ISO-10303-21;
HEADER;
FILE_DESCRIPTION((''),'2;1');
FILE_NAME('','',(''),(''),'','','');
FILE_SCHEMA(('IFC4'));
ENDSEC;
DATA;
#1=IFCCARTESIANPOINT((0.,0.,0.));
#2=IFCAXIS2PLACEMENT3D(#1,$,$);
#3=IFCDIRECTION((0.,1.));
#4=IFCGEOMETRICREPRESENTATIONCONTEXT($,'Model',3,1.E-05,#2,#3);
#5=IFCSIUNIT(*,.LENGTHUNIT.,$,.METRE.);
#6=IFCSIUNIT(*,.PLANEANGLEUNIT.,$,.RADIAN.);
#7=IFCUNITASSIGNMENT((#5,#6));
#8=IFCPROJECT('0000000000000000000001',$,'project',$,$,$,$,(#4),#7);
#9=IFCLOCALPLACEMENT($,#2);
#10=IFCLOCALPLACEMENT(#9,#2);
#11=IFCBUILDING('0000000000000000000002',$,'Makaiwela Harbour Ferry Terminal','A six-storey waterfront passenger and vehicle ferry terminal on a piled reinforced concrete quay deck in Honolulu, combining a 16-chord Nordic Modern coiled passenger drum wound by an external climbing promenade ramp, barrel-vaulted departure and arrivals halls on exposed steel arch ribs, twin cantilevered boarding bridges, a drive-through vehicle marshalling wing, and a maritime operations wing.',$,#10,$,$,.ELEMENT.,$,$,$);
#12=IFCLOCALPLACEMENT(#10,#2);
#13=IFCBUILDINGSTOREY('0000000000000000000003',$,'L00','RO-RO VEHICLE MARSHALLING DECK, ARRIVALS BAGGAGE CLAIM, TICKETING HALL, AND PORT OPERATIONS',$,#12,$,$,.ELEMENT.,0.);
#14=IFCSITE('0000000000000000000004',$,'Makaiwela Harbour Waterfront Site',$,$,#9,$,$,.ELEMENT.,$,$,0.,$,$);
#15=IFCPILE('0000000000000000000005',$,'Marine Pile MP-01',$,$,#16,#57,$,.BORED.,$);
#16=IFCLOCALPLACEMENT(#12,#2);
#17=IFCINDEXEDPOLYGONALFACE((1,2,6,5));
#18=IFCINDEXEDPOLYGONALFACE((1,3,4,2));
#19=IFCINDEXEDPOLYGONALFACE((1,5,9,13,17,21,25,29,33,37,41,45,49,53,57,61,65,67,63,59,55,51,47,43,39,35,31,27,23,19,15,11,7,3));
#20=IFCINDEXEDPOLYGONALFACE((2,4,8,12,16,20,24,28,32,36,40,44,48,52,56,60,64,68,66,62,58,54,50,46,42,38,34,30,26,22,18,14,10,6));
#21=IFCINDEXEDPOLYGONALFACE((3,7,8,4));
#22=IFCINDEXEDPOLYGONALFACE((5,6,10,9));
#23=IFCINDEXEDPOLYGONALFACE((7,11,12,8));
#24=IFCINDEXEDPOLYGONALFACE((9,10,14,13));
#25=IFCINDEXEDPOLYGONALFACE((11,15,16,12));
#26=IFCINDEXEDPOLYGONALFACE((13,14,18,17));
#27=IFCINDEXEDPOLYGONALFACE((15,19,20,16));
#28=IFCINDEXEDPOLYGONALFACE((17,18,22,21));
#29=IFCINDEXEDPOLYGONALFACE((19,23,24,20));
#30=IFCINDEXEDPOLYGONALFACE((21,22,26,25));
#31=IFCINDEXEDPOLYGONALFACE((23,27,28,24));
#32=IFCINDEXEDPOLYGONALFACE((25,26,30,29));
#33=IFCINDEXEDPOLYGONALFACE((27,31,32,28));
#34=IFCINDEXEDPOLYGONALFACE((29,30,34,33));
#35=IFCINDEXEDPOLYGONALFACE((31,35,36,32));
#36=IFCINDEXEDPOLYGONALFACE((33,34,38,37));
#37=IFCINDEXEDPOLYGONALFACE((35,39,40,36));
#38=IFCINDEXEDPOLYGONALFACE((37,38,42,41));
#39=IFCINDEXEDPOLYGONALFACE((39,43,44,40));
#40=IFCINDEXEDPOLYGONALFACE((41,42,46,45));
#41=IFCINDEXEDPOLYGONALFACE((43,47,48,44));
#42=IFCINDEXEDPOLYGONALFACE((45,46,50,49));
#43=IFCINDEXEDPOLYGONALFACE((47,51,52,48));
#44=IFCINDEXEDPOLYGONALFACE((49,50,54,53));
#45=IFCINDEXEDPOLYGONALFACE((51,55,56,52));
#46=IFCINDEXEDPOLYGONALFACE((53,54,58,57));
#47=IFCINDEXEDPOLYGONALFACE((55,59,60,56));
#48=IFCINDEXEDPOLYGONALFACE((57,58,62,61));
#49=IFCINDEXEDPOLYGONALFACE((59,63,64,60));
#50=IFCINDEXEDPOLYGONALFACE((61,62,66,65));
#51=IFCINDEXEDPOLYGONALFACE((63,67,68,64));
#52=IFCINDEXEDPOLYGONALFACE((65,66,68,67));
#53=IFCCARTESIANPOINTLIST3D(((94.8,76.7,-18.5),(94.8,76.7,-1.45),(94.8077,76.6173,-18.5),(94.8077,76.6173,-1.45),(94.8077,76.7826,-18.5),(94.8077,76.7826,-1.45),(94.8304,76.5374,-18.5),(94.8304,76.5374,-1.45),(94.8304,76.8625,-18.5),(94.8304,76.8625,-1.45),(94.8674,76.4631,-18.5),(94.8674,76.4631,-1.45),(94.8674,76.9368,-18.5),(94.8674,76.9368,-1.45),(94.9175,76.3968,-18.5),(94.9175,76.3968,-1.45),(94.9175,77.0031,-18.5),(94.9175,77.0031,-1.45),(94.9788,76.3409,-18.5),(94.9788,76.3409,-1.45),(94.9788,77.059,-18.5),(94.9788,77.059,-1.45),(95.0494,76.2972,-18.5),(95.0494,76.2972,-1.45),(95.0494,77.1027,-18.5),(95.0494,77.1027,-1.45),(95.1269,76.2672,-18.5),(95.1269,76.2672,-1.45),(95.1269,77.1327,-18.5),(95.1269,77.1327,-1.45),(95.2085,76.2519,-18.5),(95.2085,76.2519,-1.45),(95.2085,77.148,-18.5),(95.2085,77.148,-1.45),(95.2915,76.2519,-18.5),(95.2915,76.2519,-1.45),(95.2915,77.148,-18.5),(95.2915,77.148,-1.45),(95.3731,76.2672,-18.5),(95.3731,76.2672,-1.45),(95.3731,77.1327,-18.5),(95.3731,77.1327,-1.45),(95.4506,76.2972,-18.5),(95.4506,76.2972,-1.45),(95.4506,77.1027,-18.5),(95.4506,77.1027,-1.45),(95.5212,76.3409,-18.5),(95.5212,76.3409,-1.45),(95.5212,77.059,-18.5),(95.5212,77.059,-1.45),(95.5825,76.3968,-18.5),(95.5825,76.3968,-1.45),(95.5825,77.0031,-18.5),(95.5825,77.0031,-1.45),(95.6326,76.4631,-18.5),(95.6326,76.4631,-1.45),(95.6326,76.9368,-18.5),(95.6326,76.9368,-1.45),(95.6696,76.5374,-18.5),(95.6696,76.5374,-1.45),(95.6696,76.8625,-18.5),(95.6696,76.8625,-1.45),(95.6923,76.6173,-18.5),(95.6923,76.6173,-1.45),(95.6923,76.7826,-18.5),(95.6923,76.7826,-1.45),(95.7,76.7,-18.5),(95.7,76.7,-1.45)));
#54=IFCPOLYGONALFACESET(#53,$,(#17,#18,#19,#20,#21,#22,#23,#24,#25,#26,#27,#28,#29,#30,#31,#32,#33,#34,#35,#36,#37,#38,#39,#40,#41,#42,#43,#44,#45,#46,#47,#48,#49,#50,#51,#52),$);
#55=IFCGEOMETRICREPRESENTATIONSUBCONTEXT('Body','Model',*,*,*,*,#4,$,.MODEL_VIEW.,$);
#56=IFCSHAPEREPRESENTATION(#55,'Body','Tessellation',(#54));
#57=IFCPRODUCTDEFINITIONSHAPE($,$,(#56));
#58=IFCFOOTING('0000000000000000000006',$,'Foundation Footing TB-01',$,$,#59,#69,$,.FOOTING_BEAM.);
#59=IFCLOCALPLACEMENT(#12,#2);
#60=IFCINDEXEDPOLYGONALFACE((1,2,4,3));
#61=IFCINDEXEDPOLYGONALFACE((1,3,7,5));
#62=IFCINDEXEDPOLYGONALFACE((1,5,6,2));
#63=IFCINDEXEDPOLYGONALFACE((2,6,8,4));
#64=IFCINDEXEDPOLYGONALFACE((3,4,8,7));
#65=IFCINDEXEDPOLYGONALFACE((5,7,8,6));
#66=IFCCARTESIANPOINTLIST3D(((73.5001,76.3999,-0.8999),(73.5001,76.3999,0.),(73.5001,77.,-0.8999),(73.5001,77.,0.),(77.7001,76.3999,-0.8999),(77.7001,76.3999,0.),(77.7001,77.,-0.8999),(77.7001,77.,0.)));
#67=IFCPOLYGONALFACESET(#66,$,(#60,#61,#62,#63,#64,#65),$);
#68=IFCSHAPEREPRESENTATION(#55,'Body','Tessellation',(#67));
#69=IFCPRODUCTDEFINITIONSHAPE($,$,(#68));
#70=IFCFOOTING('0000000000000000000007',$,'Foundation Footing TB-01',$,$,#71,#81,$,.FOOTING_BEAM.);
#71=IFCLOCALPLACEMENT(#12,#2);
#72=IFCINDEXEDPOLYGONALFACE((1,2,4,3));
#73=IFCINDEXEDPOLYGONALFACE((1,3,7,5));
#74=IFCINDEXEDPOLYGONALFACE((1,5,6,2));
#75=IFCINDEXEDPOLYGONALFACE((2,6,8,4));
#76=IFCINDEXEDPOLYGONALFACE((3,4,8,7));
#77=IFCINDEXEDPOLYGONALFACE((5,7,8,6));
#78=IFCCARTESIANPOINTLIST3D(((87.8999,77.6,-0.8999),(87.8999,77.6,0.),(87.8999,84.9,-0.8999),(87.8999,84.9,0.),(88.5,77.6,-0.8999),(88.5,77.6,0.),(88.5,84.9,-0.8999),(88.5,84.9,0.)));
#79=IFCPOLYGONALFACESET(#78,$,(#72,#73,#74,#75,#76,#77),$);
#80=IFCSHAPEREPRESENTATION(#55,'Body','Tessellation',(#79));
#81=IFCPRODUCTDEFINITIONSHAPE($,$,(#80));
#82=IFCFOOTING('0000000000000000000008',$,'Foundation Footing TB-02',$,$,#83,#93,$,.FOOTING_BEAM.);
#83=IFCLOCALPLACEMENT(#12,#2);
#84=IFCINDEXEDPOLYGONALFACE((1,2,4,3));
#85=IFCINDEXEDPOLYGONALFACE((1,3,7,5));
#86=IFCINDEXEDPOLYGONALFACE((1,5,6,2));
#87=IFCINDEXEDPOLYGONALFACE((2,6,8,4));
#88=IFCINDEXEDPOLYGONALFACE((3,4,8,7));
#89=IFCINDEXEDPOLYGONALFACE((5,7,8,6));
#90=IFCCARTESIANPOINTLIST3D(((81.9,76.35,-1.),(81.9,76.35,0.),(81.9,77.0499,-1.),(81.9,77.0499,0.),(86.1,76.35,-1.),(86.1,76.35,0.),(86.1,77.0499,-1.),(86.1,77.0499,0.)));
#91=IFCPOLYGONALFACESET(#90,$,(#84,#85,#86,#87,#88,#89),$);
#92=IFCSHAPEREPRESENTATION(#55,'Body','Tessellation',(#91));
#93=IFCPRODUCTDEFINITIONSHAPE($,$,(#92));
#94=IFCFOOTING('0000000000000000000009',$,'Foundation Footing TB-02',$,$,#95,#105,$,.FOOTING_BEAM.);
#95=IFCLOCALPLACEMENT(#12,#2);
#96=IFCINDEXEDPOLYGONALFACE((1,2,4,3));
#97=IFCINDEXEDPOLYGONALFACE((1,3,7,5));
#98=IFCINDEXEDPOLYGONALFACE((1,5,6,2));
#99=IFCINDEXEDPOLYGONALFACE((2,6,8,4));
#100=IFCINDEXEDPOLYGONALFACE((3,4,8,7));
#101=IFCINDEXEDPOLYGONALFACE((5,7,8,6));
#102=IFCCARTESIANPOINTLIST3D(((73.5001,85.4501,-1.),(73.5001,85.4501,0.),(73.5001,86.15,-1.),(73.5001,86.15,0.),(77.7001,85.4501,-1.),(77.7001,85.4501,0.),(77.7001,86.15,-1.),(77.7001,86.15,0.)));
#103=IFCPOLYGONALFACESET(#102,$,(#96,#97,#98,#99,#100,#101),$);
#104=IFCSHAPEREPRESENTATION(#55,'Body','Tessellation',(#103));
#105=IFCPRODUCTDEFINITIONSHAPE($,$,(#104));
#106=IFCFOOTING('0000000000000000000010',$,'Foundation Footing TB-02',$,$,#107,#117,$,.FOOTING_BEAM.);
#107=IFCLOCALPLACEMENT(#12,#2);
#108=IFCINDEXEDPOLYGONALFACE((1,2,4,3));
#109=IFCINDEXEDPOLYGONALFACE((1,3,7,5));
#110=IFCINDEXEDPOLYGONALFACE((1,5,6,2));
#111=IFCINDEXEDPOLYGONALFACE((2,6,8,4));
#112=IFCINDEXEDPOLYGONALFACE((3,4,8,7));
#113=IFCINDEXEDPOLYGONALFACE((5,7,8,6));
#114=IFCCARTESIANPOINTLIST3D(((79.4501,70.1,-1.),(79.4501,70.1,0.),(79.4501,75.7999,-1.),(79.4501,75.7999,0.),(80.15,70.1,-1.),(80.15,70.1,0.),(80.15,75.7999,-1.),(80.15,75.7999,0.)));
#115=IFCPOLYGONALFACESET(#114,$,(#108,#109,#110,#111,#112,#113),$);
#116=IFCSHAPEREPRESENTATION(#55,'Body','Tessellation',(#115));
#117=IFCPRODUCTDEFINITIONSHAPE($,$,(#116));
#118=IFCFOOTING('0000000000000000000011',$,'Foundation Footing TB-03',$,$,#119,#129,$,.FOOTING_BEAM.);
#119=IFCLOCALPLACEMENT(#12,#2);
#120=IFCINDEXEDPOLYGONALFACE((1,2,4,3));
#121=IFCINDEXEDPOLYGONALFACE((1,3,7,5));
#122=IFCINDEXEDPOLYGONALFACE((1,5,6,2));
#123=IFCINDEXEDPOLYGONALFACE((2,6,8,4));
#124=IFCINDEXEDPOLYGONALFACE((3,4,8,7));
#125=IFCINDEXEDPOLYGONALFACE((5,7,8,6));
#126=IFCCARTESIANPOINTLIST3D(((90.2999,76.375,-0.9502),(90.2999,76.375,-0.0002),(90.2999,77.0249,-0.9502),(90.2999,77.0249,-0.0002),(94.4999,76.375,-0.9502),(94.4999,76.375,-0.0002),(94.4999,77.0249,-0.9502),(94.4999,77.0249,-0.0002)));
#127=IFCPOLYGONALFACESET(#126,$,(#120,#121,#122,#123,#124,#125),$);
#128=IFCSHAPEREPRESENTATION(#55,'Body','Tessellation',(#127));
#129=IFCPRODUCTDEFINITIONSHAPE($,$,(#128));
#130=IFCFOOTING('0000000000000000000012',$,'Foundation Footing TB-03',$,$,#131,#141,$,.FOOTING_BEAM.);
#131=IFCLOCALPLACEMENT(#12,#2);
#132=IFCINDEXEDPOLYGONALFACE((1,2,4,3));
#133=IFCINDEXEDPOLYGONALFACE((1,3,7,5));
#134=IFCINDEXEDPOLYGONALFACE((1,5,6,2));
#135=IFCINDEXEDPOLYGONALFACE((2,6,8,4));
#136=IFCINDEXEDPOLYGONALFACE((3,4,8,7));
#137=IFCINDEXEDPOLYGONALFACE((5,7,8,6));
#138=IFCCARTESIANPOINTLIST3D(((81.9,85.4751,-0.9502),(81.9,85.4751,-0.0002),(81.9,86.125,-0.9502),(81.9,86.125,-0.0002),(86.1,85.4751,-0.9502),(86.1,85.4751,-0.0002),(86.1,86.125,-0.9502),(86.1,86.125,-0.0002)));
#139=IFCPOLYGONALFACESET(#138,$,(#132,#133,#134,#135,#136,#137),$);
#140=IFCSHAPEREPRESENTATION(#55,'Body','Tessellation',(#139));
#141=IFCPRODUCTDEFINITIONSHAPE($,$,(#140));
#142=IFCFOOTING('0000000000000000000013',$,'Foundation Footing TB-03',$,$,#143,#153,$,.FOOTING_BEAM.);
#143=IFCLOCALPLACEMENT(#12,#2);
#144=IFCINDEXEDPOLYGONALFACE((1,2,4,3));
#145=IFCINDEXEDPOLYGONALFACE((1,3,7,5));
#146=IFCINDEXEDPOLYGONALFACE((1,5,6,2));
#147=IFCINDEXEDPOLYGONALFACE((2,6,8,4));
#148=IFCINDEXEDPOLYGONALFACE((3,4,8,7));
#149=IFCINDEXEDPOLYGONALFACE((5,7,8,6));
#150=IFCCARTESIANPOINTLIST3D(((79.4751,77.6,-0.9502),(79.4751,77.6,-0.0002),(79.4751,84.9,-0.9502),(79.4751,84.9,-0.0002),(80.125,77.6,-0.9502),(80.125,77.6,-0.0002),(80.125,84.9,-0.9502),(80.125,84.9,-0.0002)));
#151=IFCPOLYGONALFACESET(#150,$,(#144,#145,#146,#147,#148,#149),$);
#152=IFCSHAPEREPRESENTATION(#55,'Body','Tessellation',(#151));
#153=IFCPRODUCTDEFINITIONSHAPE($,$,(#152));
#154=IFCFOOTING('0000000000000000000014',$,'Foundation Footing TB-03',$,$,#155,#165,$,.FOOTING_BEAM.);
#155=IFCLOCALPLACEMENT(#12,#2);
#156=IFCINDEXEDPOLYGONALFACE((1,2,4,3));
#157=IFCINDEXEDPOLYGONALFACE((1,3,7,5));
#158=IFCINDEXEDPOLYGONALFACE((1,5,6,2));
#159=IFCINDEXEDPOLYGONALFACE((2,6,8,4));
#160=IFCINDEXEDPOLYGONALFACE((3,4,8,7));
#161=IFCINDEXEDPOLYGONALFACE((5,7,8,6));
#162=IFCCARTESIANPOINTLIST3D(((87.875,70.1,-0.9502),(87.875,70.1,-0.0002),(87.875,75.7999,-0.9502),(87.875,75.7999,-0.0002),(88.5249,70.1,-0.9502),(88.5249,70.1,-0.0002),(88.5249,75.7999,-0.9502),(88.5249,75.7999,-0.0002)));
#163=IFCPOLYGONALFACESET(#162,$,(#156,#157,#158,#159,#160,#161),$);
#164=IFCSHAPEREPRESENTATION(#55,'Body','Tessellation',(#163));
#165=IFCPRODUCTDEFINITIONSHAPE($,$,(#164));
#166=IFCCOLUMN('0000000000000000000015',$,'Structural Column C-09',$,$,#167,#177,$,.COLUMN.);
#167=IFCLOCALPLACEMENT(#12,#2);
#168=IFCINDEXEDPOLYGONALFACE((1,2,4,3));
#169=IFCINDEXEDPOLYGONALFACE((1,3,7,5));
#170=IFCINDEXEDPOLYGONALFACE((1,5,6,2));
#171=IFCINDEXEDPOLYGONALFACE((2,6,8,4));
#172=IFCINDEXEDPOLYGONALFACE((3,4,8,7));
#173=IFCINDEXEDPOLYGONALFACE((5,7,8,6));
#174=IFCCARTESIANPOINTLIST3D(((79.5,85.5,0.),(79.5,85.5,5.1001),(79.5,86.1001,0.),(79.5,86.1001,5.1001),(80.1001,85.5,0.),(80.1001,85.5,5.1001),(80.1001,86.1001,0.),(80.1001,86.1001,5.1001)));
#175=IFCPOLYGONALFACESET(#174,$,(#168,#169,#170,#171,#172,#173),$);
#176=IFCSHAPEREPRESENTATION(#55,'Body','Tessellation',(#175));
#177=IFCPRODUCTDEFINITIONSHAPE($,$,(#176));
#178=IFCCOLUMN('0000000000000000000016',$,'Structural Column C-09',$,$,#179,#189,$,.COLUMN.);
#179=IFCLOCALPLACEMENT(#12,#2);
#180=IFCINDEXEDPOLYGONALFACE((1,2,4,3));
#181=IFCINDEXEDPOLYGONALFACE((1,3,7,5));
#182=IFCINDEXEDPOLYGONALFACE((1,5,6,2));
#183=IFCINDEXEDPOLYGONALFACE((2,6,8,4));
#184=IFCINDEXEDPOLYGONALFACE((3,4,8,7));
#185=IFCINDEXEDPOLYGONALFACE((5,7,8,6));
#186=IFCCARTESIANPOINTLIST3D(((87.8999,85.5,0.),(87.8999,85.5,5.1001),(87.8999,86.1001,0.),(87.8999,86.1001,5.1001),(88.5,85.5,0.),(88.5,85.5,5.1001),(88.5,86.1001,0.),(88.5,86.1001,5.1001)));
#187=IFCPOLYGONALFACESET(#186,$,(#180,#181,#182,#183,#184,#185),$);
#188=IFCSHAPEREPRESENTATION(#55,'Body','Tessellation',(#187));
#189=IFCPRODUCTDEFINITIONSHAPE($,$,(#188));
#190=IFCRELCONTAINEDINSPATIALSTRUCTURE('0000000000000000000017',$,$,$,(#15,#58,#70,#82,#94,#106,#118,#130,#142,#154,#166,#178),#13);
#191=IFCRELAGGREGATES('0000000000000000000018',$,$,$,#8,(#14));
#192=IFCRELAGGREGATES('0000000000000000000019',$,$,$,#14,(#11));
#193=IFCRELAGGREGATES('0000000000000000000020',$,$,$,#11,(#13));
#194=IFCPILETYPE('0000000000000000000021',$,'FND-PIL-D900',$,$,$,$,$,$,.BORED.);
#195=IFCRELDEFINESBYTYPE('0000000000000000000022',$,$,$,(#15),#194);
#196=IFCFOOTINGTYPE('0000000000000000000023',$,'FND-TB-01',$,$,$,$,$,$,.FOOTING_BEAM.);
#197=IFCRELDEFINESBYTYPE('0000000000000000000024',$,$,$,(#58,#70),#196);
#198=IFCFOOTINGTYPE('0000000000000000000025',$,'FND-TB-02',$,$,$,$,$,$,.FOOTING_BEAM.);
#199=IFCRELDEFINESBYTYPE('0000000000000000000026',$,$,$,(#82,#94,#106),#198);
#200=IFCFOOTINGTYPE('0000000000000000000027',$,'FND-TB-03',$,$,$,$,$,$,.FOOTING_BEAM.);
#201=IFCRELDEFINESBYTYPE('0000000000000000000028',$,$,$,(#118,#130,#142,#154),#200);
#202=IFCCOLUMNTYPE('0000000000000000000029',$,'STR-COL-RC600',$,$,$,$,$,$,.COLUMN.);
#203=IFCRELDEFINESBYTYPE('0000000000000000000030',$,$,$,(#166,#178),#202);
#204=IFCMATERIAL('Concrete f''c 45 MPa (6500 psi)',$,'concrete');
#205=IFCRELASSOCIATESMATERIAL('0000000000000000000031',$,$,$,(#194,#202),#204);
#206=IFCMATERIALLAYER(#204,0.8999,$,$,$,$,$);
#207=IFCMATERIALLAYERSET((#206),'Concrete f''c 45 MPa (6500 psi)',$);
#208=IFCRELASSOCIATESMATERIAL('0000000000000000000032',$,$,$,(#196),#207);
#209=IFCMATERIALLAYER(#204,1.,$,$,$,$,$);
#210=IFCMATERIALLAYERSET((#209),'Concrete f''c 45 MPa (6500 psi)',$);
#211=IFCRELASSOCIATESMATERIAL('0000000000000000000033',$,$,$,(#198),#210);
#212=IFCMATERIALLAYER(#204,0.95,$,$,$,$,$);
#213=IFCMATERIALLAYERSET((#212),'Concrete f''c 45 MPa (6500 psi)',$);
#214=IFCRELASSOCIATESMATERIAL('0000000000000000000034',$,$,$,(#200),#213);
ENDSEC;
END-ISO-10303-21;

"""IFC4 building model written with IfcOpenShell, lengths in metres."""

from ifc_helpers import new_model, si_unit, direction, frame, origin, origin_2d, place, context, subcontext, project, spatial, rectangle, circle, extrude, material, layer, layer_set, material_profile, profile_set, type_object, element, save


model = new_model("IFC4")

# Units and contexts
model_context = context("Model", 3, precision=1e-05, world=origin(), true_north=direction((0.0, 1.0)))
body_context = subcontext(model_context, "Body", "Model", "MODEL_VIEW")
ifc_project = project(units=[si_unit("LENGTHUNIT", "METRE"), si_unit("PLANEANGLEUNIT", "RADIAN")], contexts=[model_context])

# Site, building, storey
site_placement = place(None, origin())
site = spatial("IfcSite", under=ifc_project, at=site_placement, Name="Makaiwela Harbour Waterfront Site", CompositionType="ELEMENT", RefElevation=0.0)
building_placement = place(site_placement, origin())
building = spatial("IfcBuilding", under=site, at=building_placement, Name="Makaiwela Harbour Ferry Terminal", Description="A six-storey waterfront passenger and vehicle ferry terminal on a piled reinforced concrete quay deck in Honolulu, combining a 16-chord Nordic Modern coiled passenger drum wound by an external climbing promenade ramp, barrel-vaulted departure and arrivals halls on exposed steel arch ribs, twin cantilevered boarding bridges, a drive-through vehicle marshalling wing, and a maritime operations wing.", CompositionType="ELEMENT")
storey_placement = place(building_placement, origin())
storey = spatial("IfcBuildingStorey", under=building, at=storey_placement, Name="L00", Description="RO-RO VEHICLE MARSHALLING DECK, ARRIVALS BAGGAGE CLAIM, TICKETING HALL, AND PORT OPERATIONS", CompositionType="ELEMENT", Elevation=0.0)

# Shared definitions
ifc_material_1 = material(Name="Concrete f'c 45 MPa (6500 psi)", Category="concrete")

# Pile
ifc_material_profile_1 = material_profile(ifc_material_1, circle(Radius=0.45, at=origin_2d()), Name="PILE-D900")
ifc_profile_set_1 = profile_set([ifc_material_profile_1], Name="Concrete f'c 45 MPa (6500 psi)")
pile_type = type_object("IfcPileType", Name="FND-PIL-D900", PredefinedType="BORED", material=ifc_profile_set_1)
for number, where, z_axis, x_axis, name in (
    (1, (95.25, 76.7, -1.45), (0.0, 0.0, -1.0), (1.0, 0.0, 0.0), "Marine Pile MP-01"),
):
    element("IfcPile", number, at=place(storey_placement, frame(where, z_axis=z_axis, x_axis=x_axis)), inside=storey, type_object=pile_type, Name=name, PredefinedType="BORED", context=body_context, shape_type="SweptSolid", body=[
        extrude(circle(Radius=0.45, at=origin_2d()), origin(), (0.0, 0.0, 1.0), 17.05),
    ])

# Footings
ifc_layer_1 = layer(ifc_material_1, 0.8999)
ifc_layer_set_1 = layer_set([ifc_layer_1], Name="Concrete f'c 45 MPa (6500 psi)")
footing_type_1 = type_object("IfcFootingType", Name="FND-TB-01", PredefinedType="FOOTING_BEAM", material=ifc_layer_set_1)
footing_1_placement = place(storey_placement, frame((75.6001, 76.7, -0.8999), z_axis=(0.0, 0.0, 1.0), x_axis=(1.0, 0.0, 0.0)))
element("IfcFooting", 2, at=footing_1_placement, inside=storey, type_object=footing_type_1, Name="Foundation Footing TB-01", PredefinedType="FOOTING_BEAM", context=body_context, shape_type="SweptSolid", body=[
    extrude(rectangle(XDim=4.2, YDim=0.6001, at=origin_2d()), origin(), (0.0, 0.0, 1.0), 0.8999),
])
footing_2_placement = place(storey_placement, frame((88.2, 81.25, -0.8999), z_axis=(0.0, 0.0, 1.0), x_axis=(0.0, 1.0, 0.0)))
element("IfcFooting", 3, at=footing_2_placement, inside=storey, type_object=footing_type_1, Name="Foundation Footing TB-01", PredefinedType="FOOTING_BEAM", context=body_context, shape_type="SweptSolid", body=[
    extrude(rectangle(XDim=7.3, YDim=0.6001, at=origin_2d()), origin(), (0.0, 0.0, 1.0), 0.8999),
])
ifc_layer_2 = layer(ifc_material_1, 1.0)
ifc_layer_set_2 = layer_set([ifc_layer_2], Name="Concrete f'c 45 MPa (6500 psi)")
footing_type_2 = type_object("IfcFootingType", Name="FND-TB-02", PredefinedType="FOOTING_BEAM", material=ifc_layer_set_2)
for number, where, z_axis, x_axis, name in (
    (4, (84.0, 76.7, -1.0), (0.0, 0.0, 1.0), (1.0, 0.0, 0.0), "Foundation Footing TB-02"),
    (5, (75.6001, 85.8, -1.0), (0.0, 0.0, 1.0), (1.0, 0.0, 0.0), "Foundation Footing TB-02"),
):
    element("IfcFooting", number, at=place(storey_placement, frame(where, z_axis=z_axis, x_axis=x_axis)), inside=storey, type_object=footing_type_2, Name=name, PredefinedType="FOOTING_BEAM", context=body_context, shape_type="SweptSolid", body=[
        extrude(rectangle(XDim=4.2, YDim=0.7, at=origin_2d()), origin(), (0.0, 0.0, 1.0), 1.0),
    ])
footing_3_placement = place(storey_placement, frame((79.8, 72.95, -1.0), z_axis=(0.0, 0.0, 1.0), x_axis=(0.0, 1.0, 0.0)))
element("IfcFooting", 6, at=footing_3_placement, inside=storey, type_object=footing_type_2, Name="Foundation Footing TB-02", PredefinedType="FOOTING_BEAM", context=body_context, shape_type="SweptSolid", body=[
    extrude(rectangle(XDim=5.7, YDim=0.7, at=origin_2d()), origin(), (0.0, 0.0, 1.0), 1.0),
])
ifc_layer_3 = layer(ifc_material_1, 0.95)
ifc_layer_set_3 = layer_set([ifc_layer_3], Name="Concrete f'c 45 MPa (6500 psi)")
footing_type_3 = type_object("IfcFootingType", Name="FND-TB-03", PredefinedType="FOOTING_BEAM", material=ifc_layer_set_3)
for number, where, z_axis, x_axis, name in (
    (7, (92.3999, 76.7, -0.9502), (0.0, 0.0, 1.0), (1.0, 0.0, 0.0), "Foundation Footing TB-03"),
    (8, (84.0, 85.8, -0.9502), (0.0, 0.0, 1.0), (1.0, 0.0, 0.0), "Foundation Footing TB-03"),
):
    element("IfcFooting", number, at=place(storey_placement, frame(where, z_axis=z_axis, x_axis=x_axis)), inside=storey, type_object=footing_type_3, Name=name, PredefinedType="FOOTING_BEAM", context=body_context, shape_type="SweptSolid", body=[
        extrude(rectangle(XDim=4.2, YDim=0.6499, at=origin_2d()), origin(), (0.0, 0.0, 1.0), 0.95),
    ])
footing_4_placement = place(storey_placement, frame((79.8, 81.25, -0.9502), z_axis=(0.0, 0.0, 1.0), x_axis=(0.0, 1.0, 0.0)))
element("IfcFooting", 9, at=footing_4_placement, inside=storey, type_object=footing_type_3, Name="Foundation Footing TB-03", PredefinedType="FOOTING_BEAM", context=body_context, shape_type="SweptSolid", body=[
    extrude(rectangle(XDim=7.3, YDim=0.6499, at=origin_2d()), origin(), (0.0, 0.0, 1.0), 0.95),
])
footing_5_placement = place(storey_placement, frame((88.2, 72.95, -0.9502), z_axis=(0.0, 0.0, 1.0), x_axis=(0.0, 1.0, 0.0)))
element("IfcFooting", 10, at=footing_5_placement, inside=storey, type_object=footing_type_3, Name="Foundation Footing TB-03", PredefinedType="FOOTING_BEAM", context=body_context, shape_type="SweptSolid", body=[
    extrude(rectangle(XDim=5.7, YDim=0.6499, at=origin_2d()), origin(), (0.0, 0.0, 1.0), 0.95),
])

# Columns
ifc_material_profile_2 = material_profile(ifc_material_1, rectangle(XDim=0.6001, YDim=0.6001, at=origin_2d()), Name="RC-600X600")
ifc_profile_set_2 = profile_set([ifc_material_profile_2], Name="Concrete f'c 45 MPa (6500 psi)")
column_type_1 = type_object("IfcColumnType", Name="STR-COL-RC600", PredefinedType="COLUMN", material=ifc_profile_set_2)
for number, where, z_axis, x_axis, name in (
    (11, (79.8, 85.8, 0.0), (0.0, 0.0, 1.0), (1.0, 0.0, 0.0), "Structural Column C-09"),
    (12, (88.2, 85.8, 0.0), (0.0, 0.0, 1.0), (1.0, 0.0, 0.0), "Structural Column C-09"),
):
    element("IfcColumn", number, at=place(storey_placement, frame(where, z_axis=z_axis, x_axis=x_axis)), inside=storey, type_object=column_type_1, Name=name, PredefinedType="COLUMN", context=body_context, shape_type="SweptSolid", body=[
        extrude(rectangle(XDim=0.6001, YDim=0.6001, at=origin_2d()), origin(), (0.0, 0.0, 1.0), 5.1001),
    ])

save(model, "model.ifc")
